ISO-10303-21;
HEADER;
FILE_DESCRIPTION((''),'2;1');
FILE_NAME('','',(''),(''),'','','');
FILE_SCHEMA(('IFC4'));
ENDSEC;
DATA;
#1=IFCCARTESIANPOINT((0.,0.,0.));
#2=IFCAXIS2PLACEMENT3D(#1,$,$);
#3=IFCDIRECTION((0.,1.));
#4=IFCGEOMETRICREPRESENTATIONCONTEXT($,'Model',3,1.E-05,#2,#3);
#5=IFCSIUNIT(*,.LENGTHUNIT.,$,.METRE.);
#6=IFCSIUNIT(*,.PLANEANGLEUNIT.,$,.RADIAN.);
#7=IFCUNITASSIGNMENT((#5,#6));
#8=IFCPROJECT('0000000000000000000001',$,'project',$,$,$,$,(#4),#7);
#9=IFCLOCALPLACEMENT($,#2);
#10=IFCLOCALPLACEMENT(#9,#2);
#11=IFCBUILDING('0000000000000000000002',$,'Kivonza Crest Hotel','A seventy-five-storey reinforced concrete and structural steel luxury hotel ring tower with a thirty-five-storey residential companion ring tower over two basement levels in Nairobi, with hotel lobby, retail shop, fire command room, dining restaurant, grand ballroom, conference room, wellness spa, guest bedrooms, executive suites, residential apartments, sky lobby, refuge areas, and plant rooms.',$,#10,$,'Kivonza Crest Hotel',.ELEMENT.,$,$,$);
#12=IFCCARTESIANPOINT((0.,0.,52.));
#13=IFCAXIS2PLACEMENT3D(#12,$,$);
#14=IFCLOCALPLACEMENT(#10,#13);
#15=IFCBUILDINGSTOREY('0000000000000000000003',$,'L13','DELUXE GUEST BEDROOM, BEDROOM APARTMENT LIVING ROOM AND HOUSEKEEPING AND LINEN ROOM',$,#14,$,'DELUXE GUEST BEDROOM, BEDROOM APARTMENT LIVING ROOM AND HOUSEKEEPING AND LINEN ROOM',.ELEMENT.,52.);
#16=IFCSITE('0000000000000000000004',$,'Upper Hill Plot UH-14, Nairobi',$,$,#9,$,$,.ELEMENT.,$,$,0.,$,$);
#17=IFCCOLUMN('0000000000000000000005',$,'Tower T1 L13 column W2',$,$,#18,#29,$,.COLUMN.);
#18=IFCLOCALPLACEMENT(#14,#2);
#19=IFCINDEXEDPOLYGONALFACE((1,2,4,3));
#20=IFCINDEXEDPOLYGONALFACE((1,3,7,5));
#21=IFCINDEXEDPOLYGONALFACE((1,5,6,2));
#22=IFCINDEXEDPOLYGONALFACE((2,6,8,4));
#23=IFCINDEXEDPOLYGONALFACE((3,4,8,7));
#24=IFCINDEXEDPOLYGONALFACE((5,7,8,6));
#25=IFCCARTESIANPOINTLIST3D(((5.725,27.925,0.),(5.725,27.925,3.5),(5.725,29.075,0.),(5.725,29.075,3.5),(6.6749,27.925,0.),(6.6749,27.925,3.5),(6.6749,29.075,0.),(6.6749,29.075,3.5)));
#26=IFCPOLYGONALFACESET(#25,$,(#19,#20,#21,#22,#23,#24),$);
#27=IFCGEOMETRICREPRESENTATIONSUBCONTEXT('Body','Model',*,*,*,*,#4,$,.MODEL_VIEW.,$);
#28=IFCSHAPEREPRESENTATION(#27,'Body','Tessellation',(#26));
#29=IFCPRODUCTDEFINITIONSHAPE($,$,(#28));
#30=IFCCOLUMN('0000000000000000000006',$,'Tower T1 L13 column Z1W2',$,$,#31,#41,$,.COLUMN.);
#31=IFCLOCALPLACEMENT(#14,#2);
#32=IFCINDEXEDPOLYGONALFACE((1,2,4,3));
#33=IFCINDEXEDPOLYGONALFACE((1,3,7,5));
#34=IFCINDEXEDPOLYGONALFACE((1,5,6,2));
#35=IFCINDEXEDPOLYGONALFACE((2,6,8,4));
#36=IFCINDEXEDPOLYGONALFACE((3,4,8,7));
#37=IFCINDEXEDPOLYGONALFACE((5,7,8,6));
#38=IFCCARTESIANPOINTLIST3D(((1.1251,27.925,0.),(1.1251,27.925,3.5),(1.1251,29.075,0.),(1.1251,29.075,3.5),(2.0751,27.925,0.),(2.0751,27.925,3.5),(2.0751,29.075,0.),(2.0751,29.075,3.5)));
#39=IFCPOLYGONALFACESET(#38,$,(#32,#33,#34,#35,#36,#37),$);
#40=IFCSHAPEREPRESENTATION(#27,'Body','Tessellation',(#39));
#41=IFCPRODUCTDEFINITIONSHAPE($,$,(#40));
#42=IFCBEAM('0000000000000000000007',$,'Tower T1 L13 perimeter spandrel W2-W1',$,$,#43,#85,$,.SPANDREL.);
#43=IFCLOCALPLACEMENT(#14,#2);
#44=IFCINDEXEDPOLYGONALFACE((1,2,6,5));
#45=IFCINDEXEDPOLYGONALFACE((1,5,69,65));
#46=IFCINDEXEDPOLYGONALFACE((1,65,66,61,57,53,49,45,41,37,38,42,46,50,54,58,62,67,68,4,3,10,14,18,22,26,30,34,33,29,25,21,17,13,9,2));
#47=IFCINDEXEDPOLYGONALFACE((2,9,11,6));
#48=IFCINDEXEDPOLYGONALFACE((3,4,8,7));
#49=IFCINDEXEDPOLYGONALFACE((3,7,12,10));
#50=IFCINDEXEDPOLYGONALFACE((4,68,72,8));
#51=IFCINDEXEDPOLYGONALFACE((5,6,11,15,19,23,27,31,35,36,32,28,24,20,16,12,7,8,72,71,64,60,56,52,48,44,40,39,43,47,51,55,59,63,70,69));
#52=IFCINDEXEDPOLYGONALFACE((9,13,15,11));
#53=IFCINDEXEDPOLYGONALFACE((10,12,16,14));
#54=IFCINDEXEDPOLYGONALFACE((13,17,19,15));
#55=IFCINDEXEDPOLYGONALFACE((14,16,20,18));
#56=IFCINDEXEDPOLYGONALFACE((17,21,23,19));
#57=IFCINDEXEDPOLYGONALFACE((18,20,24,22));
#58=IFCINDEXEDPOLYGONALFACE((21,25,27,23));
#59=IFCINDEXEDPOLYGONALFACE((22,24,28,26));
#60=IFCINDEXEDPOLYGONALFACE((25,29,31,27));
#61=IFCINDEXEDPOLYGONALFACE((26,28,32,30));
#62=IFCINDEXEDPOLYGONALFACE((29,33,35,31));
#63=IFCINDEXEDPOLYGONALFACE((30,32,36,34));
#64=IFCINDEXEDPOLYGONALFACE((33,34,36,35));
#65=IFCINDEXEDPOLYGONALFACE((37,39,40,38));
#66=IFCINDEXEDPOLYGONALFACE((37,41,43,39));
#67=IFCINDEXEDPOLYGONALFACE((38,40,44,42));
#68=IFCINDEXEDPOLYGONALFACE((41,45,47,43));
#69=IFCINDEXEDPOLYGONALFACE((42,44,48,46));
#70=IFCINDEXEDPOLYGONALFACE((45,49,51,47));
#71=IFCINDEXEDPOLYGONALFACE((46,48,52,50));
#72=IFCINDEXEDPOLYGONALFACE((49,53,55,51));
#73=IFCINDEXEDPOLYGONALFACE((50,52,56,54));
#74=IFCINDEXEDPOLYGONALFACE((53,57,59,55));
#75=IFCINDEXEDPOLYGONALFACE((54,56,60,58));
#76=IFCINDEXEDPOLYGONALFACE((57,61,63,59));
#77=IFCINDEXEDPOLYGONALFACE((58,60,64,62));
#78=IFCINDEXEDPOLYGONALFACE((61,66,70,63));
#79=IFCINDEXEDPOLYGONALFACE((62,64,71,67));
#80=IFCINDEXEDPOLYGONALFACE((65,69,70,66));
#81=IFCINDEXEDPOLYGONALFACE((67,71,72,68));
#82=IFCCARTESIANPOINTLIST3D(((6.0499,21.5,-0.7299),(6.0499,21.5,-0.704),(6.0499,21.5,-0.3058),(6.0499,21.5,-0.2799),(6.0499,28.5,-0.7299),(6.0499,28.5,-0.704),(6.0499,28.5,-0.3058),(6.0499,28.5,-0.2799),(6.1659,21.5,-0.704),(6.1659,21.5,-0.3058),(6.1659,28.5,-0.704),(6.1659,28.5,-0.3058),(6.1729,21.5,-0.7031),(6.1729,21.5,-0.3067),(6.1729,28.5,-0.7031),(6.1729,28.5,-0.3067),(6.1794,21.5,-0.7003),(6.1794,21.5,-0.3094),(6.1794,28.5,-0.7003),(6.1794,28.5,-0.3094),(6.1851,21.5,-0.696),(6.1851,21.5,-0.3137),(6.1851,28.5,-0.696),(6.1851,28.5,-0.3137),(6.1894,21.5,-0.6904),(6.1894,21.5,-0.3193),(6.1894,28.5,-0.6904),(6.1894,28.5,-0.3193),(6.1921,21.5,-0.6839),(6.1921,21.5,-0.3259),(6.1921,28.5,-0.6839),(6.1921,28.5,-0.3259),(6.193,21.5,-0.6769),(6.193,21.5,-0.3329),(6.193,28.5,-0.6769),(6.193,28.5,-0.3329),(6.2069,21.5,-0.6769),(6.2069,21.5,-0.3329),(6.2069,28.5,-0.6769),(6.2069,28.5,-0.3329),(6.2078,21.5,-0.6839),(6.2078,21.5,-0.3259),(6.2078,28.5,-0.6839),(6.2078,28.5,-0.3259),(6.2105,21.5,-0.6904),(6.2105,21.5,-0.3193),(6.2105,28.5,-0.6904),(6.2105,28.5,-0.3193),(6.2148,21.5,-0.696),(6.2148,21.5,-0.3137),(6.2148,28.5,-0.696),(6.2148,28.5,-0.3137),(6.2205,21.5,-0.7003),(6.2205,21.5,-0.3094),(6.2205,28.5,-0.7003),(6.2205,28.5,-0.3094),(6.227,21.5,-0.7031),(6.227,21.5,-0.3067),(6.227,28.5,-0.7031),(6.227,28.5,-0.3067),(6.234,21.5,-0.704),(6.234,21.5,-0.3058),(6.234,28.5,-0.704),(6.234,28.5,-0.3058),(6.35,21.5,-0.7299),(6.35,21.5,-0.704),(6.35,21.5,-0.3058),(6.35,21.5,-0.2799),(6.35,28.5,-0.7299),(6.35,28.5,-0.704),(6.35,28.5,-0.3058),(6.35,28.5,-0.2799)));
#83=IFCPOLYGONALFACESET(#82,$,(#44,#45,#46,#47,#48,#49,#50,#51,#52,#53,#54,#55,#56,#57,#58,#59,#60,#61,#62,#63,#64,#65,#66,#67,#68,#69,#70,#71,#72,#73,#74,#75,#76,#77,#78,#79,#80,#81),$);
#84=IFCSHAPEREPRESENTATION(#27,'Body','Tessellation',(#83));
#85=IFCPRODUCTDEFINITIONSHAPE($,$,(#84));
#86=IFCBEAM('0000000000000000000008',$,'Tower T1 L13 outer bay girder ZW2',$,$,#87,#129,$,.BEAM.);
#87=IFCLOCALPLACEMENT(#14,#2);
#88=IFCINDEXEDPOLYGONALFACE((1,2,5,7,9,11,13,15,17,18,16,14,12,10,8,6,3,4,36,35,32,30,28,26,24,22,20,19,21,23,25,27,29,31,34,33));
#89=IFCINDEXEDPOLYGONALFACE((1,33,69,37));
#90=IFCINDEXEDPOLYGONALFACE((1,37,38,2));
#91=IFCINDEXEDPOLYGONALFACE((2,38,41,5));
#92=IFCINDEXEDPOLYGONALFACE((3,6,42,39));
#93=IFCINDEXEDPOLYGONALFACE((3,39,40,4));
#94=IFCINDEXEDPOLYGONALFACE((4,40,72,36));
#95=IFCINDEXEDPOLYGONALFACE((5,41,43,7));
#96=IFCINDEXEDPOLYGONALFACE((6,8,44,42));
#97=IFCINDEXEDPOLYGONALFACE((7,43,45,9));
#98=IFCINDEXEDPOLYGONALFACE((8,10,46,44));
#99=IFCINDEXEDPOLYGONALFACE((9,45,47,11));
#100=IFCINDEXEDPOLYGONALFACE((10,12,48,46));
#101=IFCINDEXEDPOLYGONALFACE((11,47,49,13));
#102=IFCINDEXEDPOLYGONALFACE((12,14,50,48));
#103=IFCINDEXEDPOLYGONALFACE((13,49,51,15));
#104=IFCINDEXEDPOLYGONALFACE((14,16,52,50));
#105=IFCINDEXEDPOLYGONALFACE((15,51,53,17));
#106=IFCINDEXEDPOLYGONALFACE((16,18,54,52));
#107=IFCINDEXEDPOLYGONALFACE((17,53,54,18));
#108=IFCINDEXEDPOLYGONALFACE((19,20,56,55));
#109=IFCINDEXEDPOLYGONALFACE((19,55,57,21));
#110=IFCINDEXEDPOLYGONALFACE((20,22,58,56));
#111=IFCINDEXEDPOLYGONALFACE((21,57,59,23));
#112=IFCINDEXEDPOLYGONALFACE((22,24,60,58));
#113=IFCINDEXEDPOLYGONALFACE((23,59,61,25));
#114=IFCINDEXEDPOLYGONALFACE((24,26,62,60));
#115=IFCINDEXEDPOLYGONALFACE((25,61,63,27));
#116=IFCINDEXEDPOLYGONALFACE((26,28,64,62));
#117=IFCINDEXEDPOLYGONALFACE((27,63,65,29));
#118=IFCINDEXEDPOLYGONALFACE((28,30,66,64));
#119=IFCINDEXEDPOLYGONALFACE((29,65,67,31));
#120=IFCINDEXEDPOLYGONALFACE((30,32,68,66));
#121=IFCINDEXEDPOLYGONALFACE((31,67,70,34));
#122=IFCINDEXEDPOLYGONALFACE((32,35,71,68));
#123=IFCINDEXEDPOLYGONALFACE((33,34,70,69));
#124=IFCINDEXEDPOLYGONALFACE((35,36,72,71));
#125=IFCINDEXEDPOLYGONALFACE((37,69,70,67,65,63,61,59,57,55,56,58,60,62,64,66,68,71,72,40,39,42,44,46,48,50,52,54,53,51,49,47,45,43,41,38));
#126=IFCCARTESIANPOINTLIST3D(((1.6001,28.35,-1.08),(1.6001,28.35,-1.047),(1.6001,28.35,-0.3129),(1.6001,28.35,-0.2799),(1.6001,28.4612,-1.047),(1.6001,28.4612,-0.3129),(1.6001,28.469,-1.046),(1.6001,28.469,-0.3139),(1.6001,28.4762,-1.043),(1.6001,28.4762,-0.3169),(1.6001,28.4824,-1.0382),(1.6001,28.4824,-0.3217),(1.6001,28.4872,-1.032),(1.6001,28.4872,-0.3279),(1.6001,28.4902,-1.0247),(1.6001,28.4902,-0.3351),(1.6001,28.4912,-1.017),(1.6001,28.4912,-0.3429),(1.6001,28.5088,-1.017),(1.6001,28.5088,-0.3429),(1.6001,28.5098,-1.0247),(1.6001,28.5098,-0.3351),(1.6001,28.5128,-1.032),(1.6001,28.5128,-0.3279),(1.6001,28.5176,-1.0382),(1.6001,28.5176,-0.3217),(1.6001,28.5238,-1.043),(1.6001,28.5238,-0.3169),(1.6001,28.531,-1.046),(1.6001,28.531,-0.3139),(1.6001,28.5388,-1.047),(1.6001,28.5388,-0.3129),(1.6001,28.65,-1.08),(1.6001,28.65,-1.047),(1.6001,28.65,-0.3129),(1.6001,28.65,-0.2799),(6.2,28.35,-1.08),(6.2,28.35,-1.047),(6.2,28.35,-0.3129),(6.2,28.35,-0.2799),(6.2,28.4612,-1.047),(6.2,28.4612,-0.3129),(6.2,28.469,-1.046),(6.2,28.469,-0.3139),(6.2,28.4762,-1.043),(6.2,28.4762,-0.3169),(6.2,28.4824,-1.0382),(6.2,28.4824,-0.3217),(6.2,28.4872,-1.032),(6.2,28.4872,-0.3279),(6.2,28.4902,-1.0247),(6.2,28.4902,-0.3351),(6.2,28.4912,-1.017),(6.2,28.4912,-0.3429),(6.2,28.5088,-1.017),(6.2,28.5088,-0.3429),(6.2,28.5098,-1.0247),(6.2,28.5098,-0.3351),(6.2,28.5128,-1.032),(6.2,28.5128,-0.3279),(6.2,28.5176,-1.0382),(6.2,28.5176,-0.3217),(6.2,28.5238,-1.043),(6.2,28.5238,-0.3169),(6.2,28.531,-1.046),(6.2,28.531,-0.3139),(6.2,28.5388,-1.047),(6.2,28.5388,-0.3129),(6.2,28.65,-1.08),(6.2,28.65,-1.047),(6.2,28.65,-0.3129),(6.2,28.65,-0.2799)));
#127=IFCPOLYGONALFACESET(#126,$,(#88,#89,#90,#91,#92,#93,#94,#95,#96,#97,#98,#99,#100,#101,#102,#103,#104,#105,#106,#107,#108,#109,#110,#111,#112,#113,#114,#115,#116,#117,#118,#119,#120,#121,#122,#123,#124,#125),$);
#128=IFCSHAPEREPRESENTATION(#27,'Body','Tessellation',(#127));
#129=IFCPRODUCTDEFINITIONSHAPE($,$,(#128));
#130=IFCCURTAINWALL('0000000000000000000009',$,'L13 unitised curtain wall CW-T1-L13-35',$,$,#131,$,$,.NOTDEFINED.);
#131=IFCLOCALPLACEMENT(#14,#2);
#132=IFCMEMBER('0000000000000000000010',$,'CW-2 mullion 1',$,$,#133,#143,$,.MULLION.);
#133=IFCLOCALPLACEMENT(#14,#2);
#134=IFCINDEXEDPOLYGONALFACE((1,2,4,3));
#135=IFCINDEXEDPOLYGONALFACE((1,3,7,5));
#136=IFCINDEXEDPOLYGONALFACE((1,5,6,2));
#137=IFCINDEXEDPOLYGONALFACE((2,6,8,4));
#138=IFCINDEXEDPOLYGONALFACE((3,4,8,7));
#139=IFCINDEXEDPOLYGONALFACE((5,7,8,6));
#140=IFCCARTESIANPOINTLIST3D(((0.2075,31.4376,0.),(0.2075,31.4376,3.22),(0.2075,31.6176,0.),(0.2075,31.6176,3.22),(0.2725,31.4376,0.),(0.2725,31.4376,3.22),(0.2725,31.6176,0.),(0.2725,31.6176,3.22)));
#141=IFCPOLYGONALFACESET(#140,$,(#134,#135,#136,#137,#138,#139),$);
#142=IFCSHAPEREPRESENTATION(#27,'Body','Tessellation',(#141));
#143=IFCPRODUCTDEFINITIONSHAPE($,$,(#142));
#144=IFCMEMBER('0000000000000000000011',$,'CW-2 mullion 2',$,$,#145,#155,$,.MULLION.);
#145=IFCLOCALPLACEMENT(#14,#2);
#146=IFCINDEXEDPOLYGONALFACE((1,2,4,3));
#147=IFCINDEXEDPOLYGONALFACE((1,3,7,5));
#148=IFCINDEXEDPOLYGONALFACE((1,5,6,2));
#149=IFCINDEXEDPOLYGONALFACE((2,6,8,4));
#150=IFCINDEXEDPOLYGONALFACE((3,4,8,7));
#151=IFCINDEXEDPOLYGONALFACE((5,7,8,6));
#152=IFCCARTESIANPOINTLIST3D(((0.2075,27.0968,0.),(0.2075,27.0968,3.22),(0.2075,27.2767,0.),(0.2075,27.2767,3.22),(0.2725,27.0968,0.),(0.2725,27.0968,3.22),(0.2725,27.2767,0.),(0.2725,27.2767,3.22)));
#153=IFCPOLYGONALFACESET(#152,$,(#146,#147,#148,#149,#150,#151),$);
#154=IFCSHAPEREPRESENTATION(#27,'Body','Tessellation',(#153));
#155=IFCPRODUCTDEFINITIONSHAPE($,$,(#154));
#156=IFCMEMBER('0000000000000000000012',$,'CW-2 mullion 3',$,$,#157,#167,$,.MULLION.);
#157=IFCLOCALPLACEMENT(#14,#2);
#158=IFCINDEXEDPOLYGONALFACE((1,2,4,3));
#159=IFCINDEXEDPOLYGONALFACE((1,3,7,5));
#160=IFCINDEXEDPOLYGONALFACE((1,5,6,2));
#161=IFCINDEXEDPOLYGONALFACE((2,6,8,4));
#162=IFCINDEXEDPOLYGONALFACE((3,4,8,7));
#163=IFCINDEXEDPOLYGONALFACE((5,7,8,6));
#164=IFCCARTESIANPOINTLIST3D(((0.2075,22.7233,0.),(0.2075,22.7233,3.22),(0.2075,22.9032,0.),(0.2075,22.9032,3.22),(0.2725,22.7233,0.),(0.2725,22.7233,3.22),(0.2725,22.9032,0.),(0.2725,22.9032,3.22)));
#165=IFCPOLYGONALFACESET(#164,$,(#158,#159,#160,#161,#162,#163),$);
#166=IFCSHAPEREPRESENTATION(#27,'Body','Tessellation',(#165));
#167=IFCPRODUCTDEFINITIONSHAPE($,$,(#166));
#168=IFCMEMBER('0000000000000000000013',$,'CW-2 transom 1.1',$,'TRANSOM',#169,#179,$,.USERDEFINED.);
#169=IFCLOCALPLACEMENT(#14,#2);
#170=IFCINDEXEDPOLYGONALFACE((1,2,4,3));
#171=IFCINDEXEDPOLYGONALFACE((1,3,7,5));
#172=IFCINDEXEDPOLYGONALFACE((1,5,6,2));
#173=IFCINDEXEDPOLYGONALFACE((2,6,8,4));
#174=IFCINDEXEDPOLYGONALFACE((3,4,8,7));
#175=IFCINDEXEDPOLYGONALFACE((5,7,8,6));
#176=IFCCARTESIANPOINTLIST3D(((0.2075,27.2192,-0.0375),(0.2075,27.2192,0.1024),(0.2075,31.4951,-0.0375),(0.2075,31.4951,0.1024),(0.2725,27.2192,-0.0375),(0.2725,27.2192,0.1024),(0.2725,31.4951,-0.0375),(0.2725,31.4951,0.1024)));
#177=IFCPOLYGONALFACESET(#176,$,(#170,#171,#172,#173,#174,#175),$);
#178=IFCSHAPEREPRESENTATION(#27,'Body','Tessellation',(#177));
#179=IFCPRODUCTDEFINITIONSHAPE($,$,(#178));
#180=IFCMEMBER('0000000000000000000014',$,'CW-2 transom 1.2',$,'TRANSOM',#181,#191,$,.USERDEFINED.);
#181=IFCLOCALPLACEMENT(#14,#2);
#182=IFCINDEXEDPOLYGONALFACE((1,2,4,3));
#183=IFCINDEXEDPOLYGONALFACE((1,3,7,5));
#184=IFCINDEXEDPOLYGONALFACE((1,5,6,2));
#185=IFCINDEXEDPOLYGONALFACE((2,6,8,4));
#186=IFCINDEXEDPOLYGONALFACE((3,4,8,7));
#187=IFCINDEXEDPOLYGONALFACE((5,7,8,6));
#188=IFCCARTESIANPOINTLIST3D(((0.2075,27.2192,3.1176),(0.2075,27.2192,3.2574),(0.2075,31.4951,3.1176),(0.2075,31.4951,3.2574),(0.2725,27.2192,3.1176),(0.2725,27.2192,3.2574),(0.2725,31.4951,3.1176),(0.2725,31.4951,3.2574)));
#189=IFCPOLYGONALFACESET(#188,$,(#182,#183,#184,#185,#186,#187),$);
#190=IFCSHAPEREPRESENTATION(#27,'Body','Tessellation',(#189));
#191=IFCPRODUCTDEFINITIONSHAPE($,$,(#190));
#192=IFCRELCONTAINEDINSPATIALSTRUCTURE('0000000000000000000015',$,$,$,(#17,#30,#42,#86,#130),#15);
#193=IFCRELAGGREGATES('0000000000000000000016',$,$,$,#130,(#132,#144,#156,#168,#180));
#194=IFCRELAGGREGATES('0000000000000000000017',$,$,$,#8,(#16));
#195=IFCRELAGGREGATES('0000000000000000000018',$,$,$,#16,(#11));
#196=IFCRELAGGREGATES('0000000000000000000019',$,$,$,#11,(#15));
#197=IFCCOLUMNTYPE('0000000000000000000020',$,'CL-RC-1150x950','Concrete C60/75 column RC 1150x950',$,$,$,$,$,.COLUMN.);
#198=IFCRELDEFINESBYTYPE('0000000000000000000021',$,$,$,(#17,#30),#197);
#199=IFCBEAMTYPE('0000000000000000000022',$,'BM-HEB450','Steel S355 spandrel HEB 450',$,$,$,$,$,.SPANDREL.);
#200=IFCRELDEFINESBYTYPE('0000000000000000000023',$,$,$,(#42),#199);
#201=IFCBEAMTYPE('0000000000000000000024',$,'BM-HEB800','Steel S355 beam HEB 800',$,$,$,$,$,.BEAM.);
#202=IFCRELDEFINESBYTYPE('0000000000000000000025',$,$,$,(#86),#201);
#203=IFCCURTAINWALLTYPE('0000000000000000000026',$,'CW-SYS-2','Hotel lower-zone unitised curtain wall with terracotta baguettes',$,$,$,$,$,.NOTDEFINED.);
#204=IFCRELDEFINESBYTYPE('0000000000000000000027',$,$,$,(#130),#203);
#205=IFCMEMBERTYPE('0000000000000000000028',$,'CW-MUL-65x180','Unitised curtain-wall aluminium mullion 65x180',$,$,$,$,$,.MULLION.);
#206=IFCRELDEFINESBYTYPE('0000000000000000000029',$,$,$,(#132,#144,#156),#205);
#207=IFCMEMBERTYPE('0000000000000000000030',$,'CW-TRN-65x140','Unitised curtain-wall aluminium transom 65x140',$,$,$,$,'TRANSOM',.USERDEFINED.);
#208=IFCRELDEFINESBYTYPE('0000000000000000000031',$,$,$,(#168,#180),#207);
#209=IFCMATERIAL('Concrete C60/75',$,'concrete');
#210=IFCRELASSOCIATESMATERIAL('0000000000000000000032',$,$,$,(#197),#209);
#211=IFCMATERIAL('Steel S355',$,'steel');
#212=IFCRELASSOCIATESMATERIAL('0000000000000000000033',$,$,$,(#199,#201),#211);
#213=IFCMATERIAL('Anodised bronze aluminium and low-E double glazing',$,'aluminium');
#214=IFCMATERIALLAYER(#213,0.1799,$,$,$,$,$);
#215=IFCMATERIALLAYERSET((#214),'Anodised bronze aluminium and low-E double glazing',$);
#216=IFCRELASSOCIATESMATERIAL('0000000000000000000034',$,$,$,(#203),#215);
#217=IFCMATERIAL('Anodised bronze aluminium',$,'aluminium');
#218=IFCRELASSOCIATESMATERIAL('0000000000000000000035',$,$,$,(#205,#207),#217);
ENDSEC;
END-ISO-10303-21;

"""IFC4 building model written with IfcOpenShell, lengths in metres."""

from ifc_helpers import new_model, si_unit, direction, frame, origin, origin_2d, place, context, subcontext, project, spatial, rectangle, i_section, extrude, material, layer, layer_set, material_profile, profile_set, type_object, element, aggregate, save


model = new_model("IFC4")

# Units and contexts
model_context = context("Model", 3, precision=1e-05, world=origin(), true_north=direction((0.0, 1.0)))
body_context = subcontext(model_context, "Body", "Model", "MODEL_VIEW")
ifc_project = project(units=[si_unit("LENGTHUNIT", "METRE"), si_unit("PLANEANGLEUNIT", "RADIAN")], contexts=[model_context])

# Site, building, storey
site_placement = place(None, origin())
site = spatial("IfcSite", under=ifc_project, at=site_placement, Name="Upper Hill Plot UH-14, Nairobi", CompositionType="ELEMENT", RefElevation=0.0)
building_placement = place(site_placement, origin())
building = spatial("IfcBuilding", under=site, at=building_placement, Name="Kivonza Crest Hotel", Description="A seventy-five-storey reinforced concrete and structural steel luxury hotel ring tower with a thirty-five-storey residential companion ring tower over two basement levels in Nairobi, with hotel lobby, retail shop, fire command room, dining restaurant, grand ballroom, conference room, wellness spa, guest bedrooms, executive suites, residential apartments, sky lobby, refuge areas, and plant rooms.", LongName="Kivonza Crest Hotel", CompositionType="ELEMENT")
storey_placement = place(building_placement, frame((0.0, 0.0, 52.0)))
storey = spatial("IfcBuildingStorey", under=building, at=storey_placement, Name="L13", Description="DELUXE GUEST BEDROOM, BEDROOM APARTMENT LIVING ROOM AND HOUSEKEEPING AND LINEN ROOM", LongName="DELUXE GUEST BEDROOM, BEDROOM APARTMENT LIVING ROOM AND HOUSEKEEPING AND LINEN ROOM", CompositionType="ELEMENT", Elevation=52.0)

# Columns
ifc_material_1 = material(Name="Concrete C60/75", Category="concrete")
ifc_material_profile_1 = material_profile(ifc_material_1, rectangle(XDim=0.95, YDim=1.1499, at=origin_2d()), Name="RC 1150x950")
ifc_profile_set_1 = profile_set([ifc_material_profile_1], Name="Concrete C60/75")
column_type = type_object("IfcColumnType", Name="CL-RC-1150x950", Description="Concrete C60/75 column RC 1150x950", PredefinedType="COLUMN", material=ifc_profile_set_1)
for number, where, z_axis, x_axis, name in (
    (1, (6.2, 28.5, 0.0), (0.0, 0.0, 1.0), (1.0, 0.0, 0.0), "Tower T1 L13 column W2"),
    (2, (1.6001, 28.5, 0.0), (0.0, 0.0, 1.0), (1.0, 0.0, 0.0), "Tower T1 L13 column Z1W2"),
):
    element("IfcColumn", number, at=place(storey_placement, frame(where, z_axis=z_axis, x_axis=x_axis)), inside=storey, type_object=column_type, Name=name, PredefinedType="COLUMN", context=body_context, shape_type="SweptSolid", body=[
        extrude(rectangle(XDim=0.95, YDim=1.1499, at=origin_2d()), origin(), (0.0, 0.0, 1.0), 3.5),
    ])

# Beams
ifc_material_2 = material(Name="Steel S355", Category="steel")
ifc_material_profile_2 = material_profile(ifc_material_2, i_section(OverallWidth=0.3, OverallDepth=0.45, WebThickness=0.0139, FlangeThickness=0.0259, FilletRadius=0.0271, at=origin_2d()), Name="HEB 450")
ifc_profile_set_2 = profile_set([ifc_material_profile_2], Name="Steel S355")
beam_type_1 = type_object("IfcBeamType", Name="BM-HEB450", Description="Steel S355 spandrel HEB 450", PredefinedType="SPANDREL", material=ifc_profile_set_2)
beam_1_placement = place(storey_placement, frame((6.2, 28.5, -0.5049), z_axis=(0.0, -1.0, 0.0), x_axis=(1.0, 0.0, 0.0)))
element("IfcBeam", 3, at=beam_1_placement, inside=storey, type_object=beam_type_1, Name="Tower T1 L13 perimeter spandrel W2-W1", PredefinedType="SPANDREL", context=body_context, shape_type="SweptSolid", body=[
    extrude(i_section(OverallWidth=0.3, OverallDepth=0.45, WebThickness=0.0139, FlangeThickness=0.0259, FilletRadius=0.0271, at=origin_2d()), origin(), (0.0, 0.0, 1.0), 7.0),
])
ifc_material_profile_3 = material_profile(ifc_material_2, i_section(OverallWidth=0.3, OverallDepth=0.8, WebThickness=0.0176, FlangeThickness=0.033, FilletRadius=0.03, at=origin_2d()), Name="HEB 800")
ifc_profile_set_3 = profile_set([ifc_material_profile_3], Name="Steel S355")
beam_type_2 = type_object("IfcBeamType", Name="BM-HEB800", Description="Steel S355 beam HEB 800", PredefinedType="BEAM", material=ifc_profile_set_3)
beam_2_placement = place(storey_placement, frame((1.6001, 28.5, -0.6799), z_axis=(1.0, 0.0, 0.0), x_axis=(0.0, 1.0, 0.0)))
element("IfcBeam", 4, at=beam_2_placement, inside=storey, type_object=beam_type_2, Name="Tower T1 L13 outer bay girder ZW2", PredefinedType="BEAM", context=body_context, shape_type="SweptSolid", body=[
    extrude(i_section(OverallWidth=0.3, OverallDepth=0.8, WebThickness=0.0176, FlangeThickness=0.033, FilletRadius=0.03, at=origin_2d()), origin(), (0.0, 0.0, 1.0), 4.5999),
])

# Curtain wall, members
ifc_material_3 = material(Name="Anodised bronze aluminium and low-E double glazing", Category="aluminium")
ifc_layer_1 = layer(ifc_material_3, 0.1799)
ifc_layer_set_1 = layer_set([ifc_layer_1], Name="Anodised bronze aluminium and low-E double glazing")
curtain_wall_type = type_object("IfcCurtainWallType", Name="CW-SYS-2", Description="Hotel lower-zone unitised curtain wall with terracotta baguettes", PredefinedType="NOTDEFINED", material=ifc_layer_set_1)
curtain_wall_placement = place(storey_placement, origin())
curtain_wall = element("IfcCurtainWall", 5, at=curtain_wall_placement, inside=storey, type_object=curtain_wall_type, Name="L13 unitised curtain wall CW-T1-L13-35", PredefinedType="NOTDEFINED")
ifc_material_4 = material(Name="Anodised bronze aluminium", Category="aluminium")
ifc_material_profile_4 = material_profile(ifc_material_4, rectangle(XDim=0.0649, YDim=0.1799, at=origin_2d()), Name="CW-M 65x180")
ifc_profile_set_4 = profile_set([ifc_material_profile_4], Name="Anodised bronze aluminium")
member_type_1 = type_object("IfcMemberType", Name="CW-MUL-65x180", Description="Unitised curtain-wall aluminium mullion 65x180", PredefinedType="MULLION", material=ifc_profile_set_4)
member_1_placement = place(storey_placement, frame((0.24, 31.5276, 0.0), z_axis=(0.0, 0.0, 1.0), x_axis=(1.0, 0.0, 0.0)))
member_1 = element("IfcMember", 6, at=member_1_placement, type_object=member_type_1, Name="CW-2 mullion 1", PredefinedType="MULLION", context=body_context, shape_type="SweptSolid", body=[
    extrude(rectangle(XDim=0.0649, YDim=0.1799, at=origin_2d()), origin(), (0.0, 0.0, 1.0), 3.22),
])
member_2_placement = place(storey_placement, frame((0.24, 27.1868, 0.0), z_axis=(0.0, 0.0, 1.0), x_axis=(1.0, 0.0, 0.0)))
member_2 = element("IfcMember", 7, at=member_2_placement, type_object=member_type_1, Name="CW-2 mullion 2", PredefinedType="MULLION", context=body_context, shape_type="SweptSolid", body=[
    extrude(rectangle(XDim=0.0649, YDim=0.1799, at=origin_2d()), origin(), (0.0, 0.0, 1.0), 3.22),
])
member_3_placement = place(storey_placement, frame((0.24, 22.8132, 0.0), z_axis=(0.0, 0.0, 1.0), x_axis=(1.0, 0.0, 0.0)))
member_3 = element("IfcMember", 8, at=member_3_placement, type_object=member_type_1, Name="CW-2 mullion 3", PredefinedType="MULLION", context=body_context, shape_type="SweptSolid", body=[
    extrude(rectangle(XDim=0.0649, YDim=0.1799, at=origin_2d()), origin(), (0.0, 0.0, 1.0), 3.22),
])
ifc_material_profile_5 = material_profile(ifc_material_4, rectangle(XDim=0.0649, YDim=0.1399, at=origin_2d()), Name="CW-T 65x140")
ifc_profile_set_5 = profile_set([ifc_material_profile_5], Name="Anodised bronze aluminium")
member_type_2 = type_object("IfcMemberType", Name="CW-TRN-65x140", Description="Unitised curtain-wall aluminium transom 65x140", ElementType="TRANSOM", PredefinedType="USERDEFINED", material=ifc_profile_set_5)
member_4_placement = place(storey_placement, frame((0.24, 31.4951, 0.0325), z_axis=(0.0, -1.0, 0.0), x_axis=(1.0, 0.0, 0.0)))
member_4 = element("IfcMember", 9, at=member_4_placement, type_object=member_type_2, Name="CW-2 transom 1.1", ObjectType="TRANSOM", PredefinedType="USERDEFINED", context=body_context, shape_type="SweptSolid", body=[
    extrude(rectangle(XDim=0.0649, YDim=0.1399, at=origin_2d()), origin(), (0.0, 0.0, 1.0), 4.2759),
])
member_5_placement = place(storey_placement, frame((0.24, 31.4951, 3.1875), z_axis=(0.0, -1.0, 0.0), x_axis=(1.0, 0.0, 0.0)))
member_5 = element("IfcMember", 10, at=member_5_placement, type_object=member_type_2, Name="CW-2 transom 1.2", ObjectType="TRANSOM", PredefinedType="USERDEFINED", context=body_context, shape_type="SweptSolid", body=[
    extrude(rectangle(XDim=0.0649, YDim=0.1399, at=origin_2d()), origin(), (0.0, 0.0, 1.0), 4.2759),
])
aggregate(curtain_wall, [member_1, member_2, member_3, member_4, member_5])

save(model, "model.ifc")
